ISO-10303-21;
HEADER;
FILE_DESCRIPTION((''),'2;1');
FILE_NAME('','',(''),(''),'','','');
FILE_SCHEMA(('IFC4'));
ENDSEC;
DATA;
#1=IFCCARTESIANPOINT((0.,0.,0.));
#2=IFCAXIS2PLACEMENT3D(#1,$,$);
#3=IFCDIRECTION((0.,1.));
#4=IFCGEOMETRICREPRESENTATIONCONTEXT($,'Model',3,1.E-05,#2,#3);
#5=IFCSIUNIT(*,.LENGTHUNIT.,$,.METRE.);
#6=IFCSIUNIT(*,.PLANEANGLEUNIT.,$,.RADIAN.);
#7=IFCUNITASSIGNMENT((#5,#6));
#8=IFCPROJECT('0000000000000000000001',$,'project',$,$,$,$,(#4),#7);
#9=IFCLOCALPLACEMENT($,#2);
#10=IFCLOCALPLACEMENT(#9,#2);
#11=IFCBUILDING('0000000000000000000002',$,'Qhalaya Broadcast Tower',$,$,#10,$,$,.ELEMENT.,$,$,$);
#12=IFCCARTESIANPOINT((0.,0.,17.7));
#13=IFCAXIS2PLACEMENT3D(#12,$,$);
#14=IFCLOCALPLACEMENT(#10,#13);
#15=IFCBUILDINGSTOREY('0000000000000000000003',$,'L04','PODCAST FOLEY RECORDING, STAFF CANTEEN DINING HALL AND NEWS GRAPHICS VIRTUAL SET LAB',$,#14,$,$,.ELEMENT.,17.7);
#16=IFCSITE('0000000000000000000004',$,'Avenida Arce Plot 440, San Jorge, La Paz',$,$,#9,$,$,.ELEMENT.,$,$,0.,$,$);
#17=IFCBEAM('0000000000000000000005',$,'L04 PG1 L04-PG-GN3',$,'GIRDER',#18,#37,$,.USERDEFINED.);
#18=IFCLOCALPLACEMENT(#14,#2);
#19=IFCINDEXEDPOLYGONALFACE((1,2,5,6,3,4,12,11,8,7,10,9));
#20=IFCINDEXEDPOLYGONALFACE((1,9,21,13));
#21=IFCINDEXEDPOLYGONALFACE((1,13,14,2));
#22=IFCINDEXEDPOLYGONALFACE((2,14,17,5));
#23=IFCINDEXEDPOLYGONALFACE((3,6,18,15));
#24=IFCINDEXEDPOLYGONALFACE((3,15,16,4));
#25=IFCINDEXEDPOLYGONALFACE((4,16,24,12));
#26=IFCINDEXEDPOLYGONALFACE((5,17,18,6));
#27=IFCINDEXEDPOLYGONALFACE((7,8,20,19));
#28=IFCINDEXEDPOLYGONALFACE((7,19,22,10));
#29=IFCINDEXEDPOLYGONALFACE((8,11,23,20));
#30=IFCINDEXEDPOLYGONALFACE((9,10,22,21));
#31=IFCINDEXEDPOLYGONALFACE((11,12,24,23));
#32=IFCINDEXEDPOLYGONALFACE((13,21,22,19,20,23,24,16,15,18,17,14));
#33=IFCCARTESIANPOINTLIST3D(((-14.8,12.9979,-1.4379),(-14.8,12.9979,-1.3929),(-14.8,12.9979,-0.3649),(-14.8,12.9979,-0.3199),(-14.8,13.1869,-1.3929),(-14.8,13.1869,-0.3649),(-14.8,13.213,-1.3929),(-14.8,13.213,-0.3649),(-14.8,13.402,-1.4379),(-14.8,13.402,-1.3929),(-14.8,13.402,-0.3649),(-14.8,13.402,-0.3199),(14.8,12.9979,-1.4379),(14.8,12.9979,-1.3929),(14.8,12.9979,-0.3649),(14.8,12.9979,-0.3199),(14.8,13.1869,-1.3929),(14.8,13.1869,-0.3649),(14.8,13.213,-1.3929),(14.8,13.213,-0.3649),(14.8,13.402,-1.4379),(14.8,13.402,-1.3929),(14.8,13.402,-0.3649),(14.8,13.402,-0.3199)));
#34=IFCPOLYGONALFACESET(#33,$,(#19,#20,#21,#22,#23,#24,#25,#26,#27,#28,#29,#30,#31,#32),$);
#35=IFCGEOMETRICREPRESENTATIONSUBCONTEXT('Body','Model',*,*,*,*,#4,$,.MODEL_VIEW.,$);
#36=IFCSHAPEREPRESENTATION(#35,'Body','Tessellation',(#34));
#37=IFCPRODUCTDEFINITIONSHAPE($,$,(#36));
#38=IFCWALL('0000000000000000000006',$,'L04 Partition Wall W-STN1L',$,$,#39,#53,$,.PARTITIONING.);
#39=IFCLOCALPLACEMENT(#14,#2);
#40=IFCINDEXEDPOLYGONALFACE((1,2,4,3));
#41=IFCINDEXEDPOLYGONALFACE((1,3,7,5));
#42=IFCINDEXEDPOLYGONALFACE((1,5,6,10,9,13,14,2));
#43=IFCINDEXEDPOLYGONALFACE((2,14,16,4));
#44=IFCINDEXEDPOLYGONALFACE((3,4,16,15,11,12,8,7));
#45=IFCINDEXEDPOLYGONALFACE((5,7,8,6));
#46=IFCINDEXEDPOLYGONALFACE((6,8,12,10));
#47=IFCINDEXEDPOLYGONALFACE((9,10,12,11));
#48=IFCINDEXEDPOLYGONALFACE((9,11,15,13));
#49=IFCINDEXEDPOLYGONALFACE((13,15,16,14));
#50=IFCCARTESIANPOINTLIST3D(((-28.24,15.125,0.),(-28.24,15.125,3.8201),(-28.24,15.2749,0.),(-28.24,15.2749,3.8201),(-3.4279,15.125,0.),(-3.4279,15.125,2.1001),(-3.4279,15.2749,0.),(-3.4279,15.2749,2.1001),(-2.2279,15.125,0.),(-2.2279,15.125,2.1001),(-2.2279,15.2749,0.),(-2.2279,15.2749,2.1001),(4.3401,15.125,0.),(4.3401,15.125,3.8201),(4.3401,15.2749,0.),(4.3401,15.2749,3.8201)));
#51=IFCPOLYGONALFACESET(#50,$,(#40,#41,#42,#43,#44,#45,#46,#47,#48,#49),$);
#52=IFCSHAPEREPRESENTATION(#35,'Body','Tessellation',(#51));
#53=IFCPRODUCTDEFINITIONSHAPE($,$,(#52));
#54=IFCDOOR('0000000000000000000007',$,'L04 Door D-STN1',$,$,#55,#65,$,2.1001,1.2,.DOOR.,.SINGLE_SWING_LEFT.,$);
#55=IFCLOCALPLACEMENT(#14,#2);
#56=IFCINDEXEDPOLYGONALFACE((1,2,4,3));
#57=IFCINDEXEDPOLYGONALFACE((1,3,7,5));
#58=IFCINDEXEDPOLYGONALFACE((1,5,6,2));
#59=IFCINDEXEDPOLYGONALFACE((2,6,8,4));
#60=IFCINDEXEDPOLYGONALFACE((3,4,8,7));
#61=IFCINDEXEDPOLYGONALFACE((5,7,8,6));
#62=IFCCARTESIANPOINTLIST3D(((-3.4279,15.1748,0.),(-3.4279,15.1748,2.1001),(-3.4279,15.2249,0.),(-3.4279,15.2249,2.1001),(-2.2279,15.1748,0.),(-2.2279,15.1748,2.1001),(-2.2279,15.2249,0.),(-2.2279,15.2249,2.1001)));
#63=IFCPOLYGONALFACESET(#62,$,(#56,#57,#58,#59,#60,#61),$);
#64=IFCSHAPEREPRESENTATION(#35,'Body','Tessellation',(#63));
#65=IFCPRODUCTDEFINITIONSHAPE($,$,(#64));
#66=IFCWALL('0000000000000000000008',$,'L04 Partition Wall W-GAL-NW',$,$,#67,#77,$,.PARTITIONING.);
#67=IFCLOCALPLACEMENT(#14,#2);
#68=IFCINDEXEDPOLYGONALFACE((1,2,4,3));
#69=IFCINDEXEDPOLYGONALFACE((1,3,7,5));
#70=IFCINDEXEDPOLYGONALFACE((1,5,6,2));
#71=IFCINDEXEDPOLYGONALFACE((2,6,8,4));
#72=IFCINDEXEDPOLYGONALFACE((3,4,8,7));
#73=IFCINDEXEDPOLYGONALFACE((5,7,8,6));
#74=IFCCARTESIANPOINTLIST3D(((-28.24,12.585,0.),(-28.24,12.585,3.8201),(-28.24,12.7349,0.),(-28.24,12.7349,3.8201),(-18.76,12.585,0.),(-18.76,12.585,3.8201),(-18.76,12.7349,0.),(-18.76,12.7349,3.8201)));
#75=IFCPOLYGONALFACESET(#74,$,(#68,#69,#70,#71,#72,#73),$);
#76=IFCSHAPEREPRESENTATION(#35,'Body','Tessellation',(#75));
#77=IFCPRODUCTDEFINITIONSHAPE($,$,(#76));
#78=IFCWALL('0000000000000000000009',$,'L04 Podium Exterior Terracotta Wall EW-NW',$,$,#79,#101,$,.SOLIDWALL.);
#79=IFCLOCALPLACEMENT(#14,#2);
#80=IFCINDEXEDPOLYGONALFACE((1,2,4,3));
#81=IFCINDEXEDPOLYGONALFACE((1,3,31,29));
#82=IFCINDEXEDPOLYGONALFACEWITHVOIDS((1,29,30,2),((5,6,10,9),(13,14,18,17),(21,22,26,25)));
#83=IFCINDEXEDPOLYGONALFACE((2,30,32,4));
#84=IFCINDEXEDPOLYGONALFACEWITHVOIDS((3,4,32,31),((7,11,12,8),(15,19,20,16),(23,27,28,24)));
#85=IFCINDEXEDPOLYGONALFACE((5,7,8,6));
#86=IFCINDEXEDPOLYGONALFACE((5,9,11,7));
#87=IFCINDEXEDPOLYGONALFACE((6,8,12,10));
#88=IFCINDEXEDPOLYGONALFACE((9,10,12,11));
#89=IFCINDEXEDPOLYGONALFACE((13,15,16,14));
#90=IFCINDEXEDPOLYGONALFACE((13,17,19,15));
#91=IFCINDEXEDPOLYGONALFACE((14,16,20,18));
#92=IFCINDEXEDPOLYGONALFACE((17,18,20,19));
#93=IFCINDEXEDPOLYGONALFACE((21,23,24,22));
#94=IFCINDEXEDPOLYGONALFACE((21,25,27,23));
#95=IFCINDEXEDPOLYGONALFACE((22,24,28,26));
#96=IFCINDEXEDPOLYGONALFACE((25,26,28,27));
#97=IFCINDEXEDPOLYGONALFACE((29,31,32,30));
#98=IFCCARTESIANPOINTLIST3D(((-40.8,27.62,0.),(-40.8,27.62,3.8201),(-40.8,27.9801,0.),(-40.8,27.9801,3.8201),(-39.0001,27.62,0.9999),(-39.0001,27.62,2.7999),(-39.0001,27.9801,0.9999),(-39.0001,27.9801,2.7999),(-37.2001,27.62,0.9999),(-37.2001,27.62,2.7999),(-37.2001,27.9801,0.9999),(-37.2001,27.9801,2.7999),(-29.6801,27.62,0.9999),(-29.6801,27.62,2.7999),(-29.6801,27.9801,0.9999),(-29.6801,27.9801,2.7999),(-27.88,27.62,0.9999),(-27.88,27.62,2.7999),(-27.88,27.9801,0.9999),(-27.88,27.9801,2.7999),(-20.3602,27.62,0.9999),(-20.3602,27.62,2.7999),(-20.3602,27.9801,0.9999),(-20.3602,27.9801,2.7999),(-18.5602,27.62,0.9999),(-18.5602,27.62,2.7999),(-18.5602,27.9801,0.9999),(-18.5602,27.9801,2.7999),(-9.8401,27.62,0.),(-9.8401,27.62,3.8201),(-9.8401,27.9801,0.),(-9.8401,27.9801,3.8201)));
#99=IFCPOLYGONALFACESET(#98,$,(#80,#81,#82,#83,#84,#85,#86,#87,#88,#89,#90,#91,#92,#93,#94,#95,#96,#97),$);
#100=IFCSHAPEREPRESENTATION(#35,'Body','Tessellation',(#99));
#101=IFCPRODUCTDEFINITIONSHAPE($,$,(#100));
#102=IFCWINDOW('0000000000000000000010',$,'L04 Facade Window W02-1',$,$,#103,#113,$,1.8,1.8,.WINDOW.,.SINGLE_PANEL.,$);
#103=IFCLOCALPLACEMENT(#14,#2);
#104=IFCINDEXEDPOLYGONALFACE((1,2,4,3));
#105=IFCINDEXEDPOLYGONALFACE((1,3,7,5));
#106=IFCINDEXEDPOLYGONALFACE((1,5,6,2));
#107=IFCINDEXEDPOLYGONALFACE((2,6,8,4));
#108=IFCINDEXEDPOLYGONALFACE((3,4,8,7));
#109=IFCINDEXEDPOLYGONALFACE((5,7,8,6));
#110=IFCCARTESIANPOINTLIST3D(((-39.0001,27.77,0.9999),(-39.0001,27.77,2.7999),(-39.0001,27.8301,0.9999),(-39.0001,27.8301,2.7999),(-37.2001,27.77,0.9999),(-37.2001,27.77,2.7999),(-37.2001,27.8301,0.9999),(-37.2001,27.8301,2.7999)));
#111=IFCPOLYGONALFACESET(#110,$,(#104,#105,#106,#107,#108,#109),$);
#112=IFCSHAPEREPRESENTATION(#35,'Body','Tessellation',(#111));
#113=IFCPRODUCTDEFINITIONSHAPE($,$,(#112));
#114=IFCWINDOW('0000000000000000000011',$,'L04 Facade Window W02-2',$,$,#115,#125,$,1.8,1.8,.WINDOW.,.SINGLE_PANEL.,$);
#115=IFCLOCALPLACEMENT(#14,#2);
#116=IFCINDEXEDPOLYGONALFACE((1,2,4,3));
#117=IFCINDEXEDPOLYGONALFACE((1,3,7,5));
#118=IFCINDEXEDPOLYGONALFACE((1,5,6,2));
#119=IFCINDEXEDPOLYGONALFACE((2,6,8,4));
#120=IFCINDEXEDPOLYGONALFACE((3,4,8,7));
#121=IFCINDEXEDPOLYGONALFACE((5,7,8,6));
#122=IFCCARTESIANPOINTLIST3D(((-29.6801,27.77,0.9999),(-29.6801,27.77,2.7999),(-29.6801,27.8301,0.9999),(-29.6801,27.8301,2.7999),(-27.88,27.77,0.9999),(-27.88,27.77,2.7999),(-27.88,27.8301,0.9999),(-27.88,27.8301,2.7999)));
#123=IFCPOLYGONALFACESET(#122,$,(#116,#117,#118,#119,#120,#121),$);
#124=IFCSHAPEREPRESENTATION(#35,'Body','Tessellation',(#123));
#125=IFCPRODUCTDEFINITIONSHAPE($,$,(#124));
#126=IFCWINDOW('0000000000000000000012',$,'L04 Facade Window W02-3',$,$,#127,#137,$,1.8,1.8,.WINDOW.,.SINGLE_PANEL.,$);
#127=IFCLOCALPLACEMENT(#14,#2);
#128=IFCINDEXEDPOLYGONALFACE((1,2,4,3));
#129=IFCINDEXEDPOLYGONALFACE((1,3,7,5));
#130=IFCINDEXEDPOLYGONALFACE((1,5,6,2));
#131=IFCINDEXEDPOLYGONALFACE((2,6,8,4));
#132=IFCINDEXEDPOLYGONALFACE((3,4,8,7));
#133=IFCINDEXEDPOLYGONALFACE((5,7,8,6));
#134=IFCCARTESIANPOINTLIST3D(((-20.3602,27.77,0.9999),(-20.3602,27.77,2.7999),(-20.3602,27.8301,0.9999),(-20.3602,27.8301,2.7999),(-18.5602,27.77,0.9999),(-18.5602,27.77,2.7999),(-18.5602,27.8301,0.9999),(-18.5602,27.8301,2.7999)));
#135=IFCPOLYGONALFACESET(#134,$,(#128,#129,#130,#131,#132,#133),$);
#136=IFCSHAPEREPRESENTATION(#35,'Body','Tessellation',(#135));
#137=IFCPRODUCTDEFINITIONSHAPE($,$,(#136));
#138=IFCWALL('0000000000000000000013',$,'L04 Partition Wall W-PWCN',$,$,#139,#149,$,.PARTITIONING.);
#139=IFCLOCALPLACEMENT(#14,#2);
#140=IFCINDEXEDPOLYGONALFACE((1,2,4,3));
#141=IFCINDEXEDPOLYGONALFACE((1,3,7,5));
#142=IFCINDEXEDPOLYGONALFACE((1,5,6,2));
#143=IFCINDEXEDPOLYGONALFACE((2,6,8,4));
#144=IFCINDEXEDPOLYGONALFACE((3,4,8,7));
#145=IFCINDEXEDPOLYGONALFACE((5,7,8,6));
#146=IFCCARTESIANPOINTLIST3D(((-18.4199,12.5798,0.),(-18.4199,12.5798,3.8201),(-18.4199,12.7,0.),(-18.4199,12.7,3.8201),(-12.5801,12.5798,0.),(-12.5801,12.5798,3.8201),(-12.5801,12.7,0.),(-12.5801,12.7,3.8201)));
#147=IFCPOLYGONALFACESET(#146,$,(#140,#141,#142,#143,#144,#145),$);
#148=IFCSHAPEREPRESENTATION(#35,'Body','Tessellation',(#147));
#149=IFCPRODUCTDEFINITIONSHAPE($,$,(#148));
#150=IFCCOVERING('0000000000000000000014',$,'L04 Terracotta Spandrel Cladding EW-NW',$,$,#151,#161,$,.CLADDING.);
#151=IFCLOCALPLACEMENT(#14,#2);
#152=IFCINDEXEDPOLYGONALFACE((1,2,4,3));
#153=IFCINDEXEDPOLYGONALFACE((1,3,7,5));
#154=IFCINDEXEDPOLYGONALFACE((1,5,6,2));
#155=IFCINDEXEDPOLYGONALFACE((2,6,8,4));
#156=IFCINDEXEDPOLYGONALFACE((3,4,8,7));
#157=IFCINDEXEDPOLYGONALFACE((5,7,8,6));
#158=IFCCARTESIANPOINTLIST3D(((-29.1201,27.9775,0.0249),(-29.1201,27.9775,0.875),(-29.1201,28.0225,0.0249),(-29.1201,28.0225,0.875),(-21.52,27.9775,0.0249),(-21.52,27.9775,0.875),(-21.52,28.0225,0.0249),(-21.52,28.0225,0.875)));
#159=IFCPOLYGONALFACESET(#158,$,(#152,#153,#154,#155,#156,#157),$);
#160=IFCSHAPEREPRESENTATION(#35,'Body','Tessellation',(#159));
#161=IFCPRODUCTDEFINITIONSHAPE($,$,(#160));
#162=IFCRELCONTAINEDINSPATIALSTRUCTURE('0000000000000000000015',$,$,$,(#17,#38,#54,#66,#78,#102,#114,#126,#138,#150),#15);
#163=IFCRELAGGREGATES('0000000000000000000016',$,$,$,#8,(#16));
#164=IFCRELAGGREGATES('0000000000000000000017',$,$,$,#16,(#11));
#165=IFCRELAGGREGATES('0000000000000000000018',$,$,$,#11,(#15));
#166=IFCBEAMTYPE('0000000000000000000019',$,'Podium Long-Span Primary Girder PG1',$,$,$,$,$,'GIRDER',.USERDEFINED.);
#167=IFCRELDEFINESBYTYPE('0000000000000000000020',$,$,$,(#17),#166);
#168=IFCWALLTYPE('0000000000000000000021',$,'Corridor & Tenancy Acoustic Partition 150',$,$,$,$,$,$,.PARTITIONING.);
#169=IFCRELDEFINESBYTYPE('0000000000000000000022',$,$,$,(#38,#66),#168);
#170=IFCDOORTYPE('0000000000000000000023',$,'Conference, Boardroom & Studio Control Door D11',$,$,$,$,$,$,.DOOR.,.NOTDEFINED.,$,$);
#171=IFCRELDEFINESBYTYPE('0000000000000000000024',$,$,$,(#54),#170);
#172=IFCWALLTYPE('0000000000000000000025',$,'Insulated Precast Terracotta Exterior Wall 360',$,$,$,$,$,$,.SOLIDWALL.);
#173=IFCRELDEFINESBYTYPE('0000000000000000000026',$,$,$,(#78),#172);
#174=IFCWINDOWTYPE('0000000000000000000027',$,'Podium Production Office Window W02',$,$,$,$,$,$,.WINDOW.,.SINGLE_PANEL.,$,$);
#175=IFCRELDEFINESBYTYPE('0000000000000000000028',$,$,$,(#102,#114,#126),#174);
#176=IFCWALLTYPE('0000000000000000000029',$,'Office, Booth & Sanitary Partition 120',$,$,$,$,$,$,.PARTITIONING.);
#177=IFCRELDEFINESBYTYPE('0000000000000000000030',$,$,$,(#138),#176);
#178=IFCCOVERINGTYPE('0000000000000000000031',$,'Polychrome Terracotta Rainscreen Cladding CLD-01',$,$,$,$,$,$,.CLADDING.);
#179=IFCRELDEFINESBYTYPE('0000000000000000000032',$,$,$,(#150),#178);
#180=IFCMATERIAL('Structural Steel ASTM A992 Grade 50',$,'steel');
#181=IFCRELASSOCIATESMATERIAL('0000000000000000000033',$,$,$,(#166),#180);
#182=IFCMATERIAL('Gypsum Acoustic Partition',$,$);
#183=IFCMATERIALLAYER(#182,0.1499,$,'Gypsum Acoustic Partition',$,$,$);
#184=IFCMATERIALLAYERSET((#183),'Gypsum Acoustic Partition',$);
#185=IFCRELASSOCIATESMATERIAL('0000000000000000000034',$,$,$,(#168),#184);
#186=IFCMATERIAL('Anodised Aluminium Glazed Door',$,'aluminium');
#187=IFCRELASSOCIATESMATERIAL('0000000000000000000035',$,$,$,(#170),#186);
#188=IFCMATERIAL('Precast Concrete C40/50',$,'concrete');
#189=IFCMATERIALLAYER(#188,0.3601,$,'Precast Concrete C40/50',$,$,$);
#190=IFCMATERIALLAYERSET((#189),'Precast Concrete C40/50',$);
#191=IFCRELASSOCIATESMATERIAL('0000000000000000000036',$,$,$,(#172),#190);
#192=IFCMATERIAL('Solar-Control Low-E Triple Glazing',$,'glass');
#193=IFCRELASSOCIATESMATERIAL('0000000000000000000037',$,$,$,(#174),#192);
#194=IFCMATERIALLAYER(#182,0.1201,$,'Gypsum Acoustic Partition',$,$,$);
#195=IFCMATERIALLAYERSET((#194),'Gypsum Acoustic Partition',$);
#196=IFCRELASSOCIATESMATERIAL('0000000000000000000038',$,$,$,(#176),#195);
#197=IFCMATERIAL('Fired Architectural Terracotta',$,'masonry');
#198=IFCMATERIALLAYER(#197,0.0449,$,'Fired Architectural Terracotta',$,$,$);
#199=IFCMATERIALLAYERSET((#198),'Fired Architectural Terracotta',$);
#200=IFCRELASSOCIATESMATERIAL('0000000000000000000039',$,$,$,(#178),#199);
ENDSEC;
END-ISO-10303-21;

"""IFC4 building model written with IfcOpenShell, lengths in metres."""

from ifc_helpers import new_model, si_unit, direction, frame, frame_2d, origin, origin_2d, place, context, subcontext, project, spatial, rectangle, i_section, extrude, material, layer, layer_set, material_profile, profile_set, type_object, element, fill, save


model = new_model("IFC4")

# Units and contexts
model_context = context("Model", 3, precision=1e-05, world=origin(), true_north=direction((0.0, 1.0)))
body_context = subcontext(model_context, "Body", "Model", "MODEL_VIEW")
ifc_project = project(units=[si_unit("LENGTHUNIT", "METRE"), si_unit("PLANEANGLEUNIT", "RADIAN")], contexts=[model_context])

# Site, building, storey
site_placement = place(None, origin())
site = spatial("IfcSite", under=ifc_project, at=site_placement, Name="Avenida Arce Plot 440, San Jorge, La Paz", CompositionType="ELEMENT", RefElevation=0.0)
building_placement = place(site_placement, origin())
building = spatial("IfcBuilding", under=site, at=building_placement, Name="Qhalaya Broadcast Tower", CompositionType="ELEMENT")
storey_placement = place(building_placement, frame((0.0, 0.0, 17.7)))
storey = spatial("IfcBuildingStorey", under=building, at=storey_placement, Name="L04", Description="PODCAST FOLEY RECORDING, STAFF CANTEEN DINING HALL AND NEWS GRAPHICS VIRTUAL SET LAB", CompositionType="ELEMENT", Elevation=17.7)

# Beam
ifc_material_1 = material(Name="Structural Steel ASTM A992 Grade 50", Category="steel")
ifc_material_profile_1 = material_profile(ifc_material_1, i_section(OverallWidth=0.4041, OverallDepth=1.1179, WebThickness=0.0261, FlangeThickness=0.0449, at=origin_2d()), Name="W44X335")
ifc_profile_set_1 = profile_set([ifc_material_profile_1], Name="Structural Steel ASTM A992 Grade 50")
beam_type_1 = type_object("IfcBeamType", Name="Podium Long-Span Primary Girder PG1", ElementType="GIRDER", PredefinedType="USERDEFINED", material=ifc_profile_set_1)
beam_1_placement = place(storey_placement, frame((-14.8, 13.2, -0.8789), z_axis=(1.0, 0.0, 0.0), x_axis=(0.0, 1.0, 0.0)))
element("IfcBeam", 1, at=beam_1_placement, inside=storey, type_object=beam_type_1, Name="L04 PG1 L04-PG-GN3", ObjectType="GIRDER", PredefinedType="USERDEFINED", context=body_context, shape_type="SweptSolid", body=[
    extrude(i_section(OverallWidth=0.4041, OverallDepth=1.1179, WebThickness=0.0261, FlangeThickness=0.0449, at=origin_2d()), origin(), (0.0, 0.0, 1.0), 29.6001),
])

# Wall, opening, door
ifc_material_2 = material(Name="Gypsum Acoustic Partition")
ifc_layer_1 = layer(ifc_material_2, 0.1499, Name="Gypsum Acoustic Partition")
ifc_layer_set_1 = layer_set([ifc_layer_1], Name="Gypsum Acoustic Partition")
wall_type_1 = type_object("IfcWallType", Name="Corridor & Tenancy Acoustic Partition 150", PredefinedType="PARTITIONING", material=ifc_layer_set_1)
wall_1_placement = place(storey_placement, frame((-28.24, 15.2, 0.0), z_axis=(0.0, 0.0, 1.0), x_axis=(1.0, 0.0, 0.0)))
wall_1 = element("IfcWall", 2, at=wall_1_placement, inside=storey, type_object=wall_type_1, Name="L04 Partition Wall W-STN1L", PredefinedType="PARTITIONING", context=body_context, shape_type="SweptSolid", body=[
    extrude(rectangle(XDim=32.5801, YDim=0.1499, at=frame_2d((16.29, 0.0))), origin(), (0.0, 0.0, 1.0), 3.8201),
])
opening_1_placement = place(wall_1_placement, frame((24.812, 0.0, 0.0)))
opening_1 = element("IfcOpeningElement", 3, at=opening_1_placement, cuts=wall_1, PredefinedType="OPENING", context=body_context, shape_type="SweptSolid", body=[
    extrude(rectangle(XDim=1.2, YDim=2.1001, at=frame_2d((0.6001, 1.05))), frame((0.0, 0.0869, 0.0), z_axis=(0.0, -1.0, 0.0), x_axis=(1.0, 0.0, 0.0)), (0.0, 0.0, 1.0), 0.1738),
])
ifc_material_3 = material(Name="Anodised Aluminium Glazed Door", Category="aluminium")
door_type = type_object("IfcDoorType", Name="Conference, Boardroom & Studio Control Door D11", OperationType="NOTDEFINED", PredefinedType="DOOR", material=ifc_material_3)
door_placement = place(opening_1_placement, origin())
door = element("IfcDoor", 4, at=door_placement, inside=storey, type_object=door_type, Name="L04 Door D-STN1", OperationType="SINGLE_SWING_LEFT", OverallHeight=2.1001, OverallWidth=1.2, PredefinedType="DOOR", context=body_context, shape_type="SweptSolid", body=[
    extrude(rectangle(XDim=1.2, YDim=2.1001, at=frame_2d((0.6001, 1.05))), frame((0.0, 0.0249, 0.0), z_axis=(0.0, -1.0, 0.0), x_axis=(1.0, 0.0, 0.0)), (0.0, 0.0, 1.0), 0.05),
])
fill(opening_1, door)

# Wall
wall_2_placement = place(storey_placement, frame((-28.24, 12.6599, 0.0), z_axis=(0.0, 0.0, 1.0), x_axis=(1.0, 0.0, 0.0)))
element("IfcWall", 5, at=wall_2_placement, inside=storey, type_object=wall_type_1, Name="L04 Partition Wall W-GAL-NW", PredefinedType="PARTITIONING", context=body_context, shape_type="SweptSolid", body=[
    extrude(rectangle(XDim=9.48, YDim=0.1499, at=frame_2d((4.74, 0.0))), origin(), (0.0, 0.0, 1.0), 3.8201),
])

# Wall, openings, windows
ifc_material_4 = material(Name="Precast Concrete C40/50", Category="concrete")
ifc_layer_2 = layer(ifc_material_4, 0.3601, Name="Precast Concrete C40/50")
ifc_layer_set_2 = layer_set([ifc_layer_2], Name="Precast Concrete C40/50")
wall_type_2 = type_object("IfcWallType", Name="Insulated Precast Terracotta Exterior Wall 360", PredefinedType="SOLIDWALL", material=ifc_layer_set_2)
wall_3_placement = place(storey_placement, frame((-40.8, 27.8, 0.0), z_axis=(0.0, 0.0, 1.0), x_axis=(1.0, 0.0, 0.0)))
wall_3 = element("IfcWall", 6, at=wall_3_placement, inside=storey, type_object=wall_type_2, Name="L04 Podium Exterior Terracotta Wall EW-NW", PredefinedType="SOLIDWALL", context=body_context, shape_type="SweptSolid", body=[
    extrude(rectangle(XDim=30.96, YDim=0.3601, at=frame_2d((15.48, 0.0))), origin(), (0.0, 0.0, 1.0), 3.8201),
])
opening_2_placement = place(wall_3_placement, frame((1.8, 0.0, 1.0)))
opening_2 = element("IfcOpeningElement", 7, at=opening_2_placement, cuts=wall_3, PredefinedType="OPENING", context=body_context, shape_type="SweptSolid", body=[
    extrude(rectangle(XDim=1.8, YDim=1.8, at=frame_2d((0.8999, 0.8999))), frame((0.0, 0.1921, 0.0), z_axis=(0.0, -1.0, 0.0), x_axis=(1.0, 0.0, 0.0)), (0.0, 0.0, 1.0), 0.384),
])
opening_3_placement = place(wall_3_placement, frame((11.1201, 0.0, 1.0)))
opening_3 = element("IfcOpeningElement", 8, at=opening_3_placement, cuts=wall_3, PredefinedType="OPENING", context=body_context, shape_type="SweptSolid", body=[
    extrude(rectangle(XDim=1.8, YDim=1.8, at=frame_2d((0.8999, 0.8999))), frame((0.0, 0.1921, 0.0), z_axis=(0.0, -1.0, 0.0), x_axis=(1.0, 0.0, 0.0)), (0.0, 0.0, 1.0), 0.384),
])
opening_4_placement = place(wall_3_placement, frame((20.4399, 0.0, 1.0)))
opening_4 = element("IfcOpeningElement", 9, at=opening_4_placement, cuts=wall_3, PredefinedType="OPENING", context=body_context, shape_type="SweptSolid", body=[
    extrude(rectangle(XDim=1.8, YDim=1.8, at=frame_2d((0.8999, 0.8999))), frame((0.0, 0.1921, 0.0), z_axis=(0.0, -1.0, 0.0), x_axis=(1.0, 0.0, 0.0)), (0.0, 0.0, 1.0), 0.384),
])
ifc_material_5 = material(Name="Solar-Control Low-E Triple Glazing", Category="glass")
window_type = type_object("IfcWindowType", Name="Podium Production Office Window W02", PartitioningType="SINGLE_PANEL", PredefinedType="WINDOW", material=ifc_material_5)
window_1_placement = place(opening_2_placement, origin())
window_1 = element("IfcWindow", 10, at=window_1_placement, inside=storey, type_object=window_type, Name="L04 Facade Window W02-1", OverallHeight=1.8, OverallWidth=1.8, PartitioningType="SINGLE_PANEL", PredefinedType="WINDOW", context=body_context, shape_type="SweptSolid", body=[
    extrude(rectangle(XDim=1.8, YDim=1.8, at=frame_2d((0.8999, 0.8999))), frame((0.0, 0.03, 0.0), z_axis=(0.0, -1.0, 0.0), x_axis=(1.0, 0.0, 0.0)), (0.0, 0.0, 1.0), 0.0601),
])
fill(opening_2, window_1)
window_2_placement = place(opening_3_placement, origin())
window_2 = element("IfcWindow", 11, at=window_2_placement, inside=storey, type_object=window_type, Name="L04 Facade Window W02-2", OverallHeight=1.8, OverallWidth=1.8, PartitioningType="SINGLE_PANEL", PredefinedType="WINDOW", context=body_context, shape_type="SweptSolid", body=[
    extrude(rectangle(XDim=1.8, YDim=1.8, at=frame_2d((0.8999, 0.8999))), frame((0.0, 0.03, 0.0), z_axis=(0.0, -1.0, 0.0), x_axis=(1.0, 0.0, 0.0)), (0.0, 0.0, 1.0), 0.0601),
])
fill(opening_3, window_2)
window_3_placement = place(opening_4_placement, origin())
window_3 = element("IfcWindow", 12, at=window_3_placement, inside=storey, type_object=window_type, Name="L04 Facade Window W02-3", OverallHeight=1.8, OverallWidth=1.8, PartitioningType="SINGLE_PANEL", PredefinedType="WINDOW", context=body_context, shape_type="SweptSolid", body=[
    extrude(rectangle(XDim=1.8, YDim=1.8, at=frame_2d((0.8999, 0.8999))), frame((0.0, 0.03, 0.0), z_axis=(0.0, -1.0, 0.0), x_axis=(1.0, 0.0, 0.0)), (0.0, 0.0, 1.0), 0.0601),
])
fill(opening_4, window_3)

# Wall
ifc_layer_3 = layer(ifc_material_2, 0.1201, Name="Gypsum Acoustic Partition")
ifc_layer_set_3 = layer_set([ifc_layer_3], Name="Gypsum Acoustic Partition")
wall_type_3 = type_object("IfcWallType", Name="Office, Booth & Sanitary Partition 120", PredefinedType="PARTITIONING", material=ifc_layer_set_3)
wall_4_placement = place(storey_placement, frame((-18.4199, 12.6399, 0.0), z_axis=(0.0, 0.0, 1.0), x_axis=(1.0, 0.0, 0.0)))
element("IfcWall", 13, at=wall_4_placement, inside=storey, type_object=wall_type_3, Name="L04 Partition Wall W-PWCN", PredefinedType="PARTITIONING", context=body_context, shape_type="SweptSolid", body=[
    extrude(rectangle(XDim=5.8398, YDim=0.1201, at=frame_2d((2.9199, 0.0))), origin(), (0.0, 0.0, 1.0), 3.8201),
])

# Covering
ifc_material_6 = material(Name="Fired Architectural Terracotta", Category="masonry")
ifc_layer_4 = layer(ifc_material_6, 0.0449, Name="Fired Architectural Terracotta")
ifc_layer_set_4 = layer_set([ifc_layer_4], Name="Fired Architectural Terracotta")
covering_type = type_object("IfcCoveringType", Name="Polychrome Terracotta Rainscreen Cladding CLD-01", PredefinedType="CLADDING", material=ifc_layer_set_4)
for number, where, z_axis, x_axis, name in (
    (14, (-25.3201, 28.0, 0.0249), (0.0, 0.0, 1.0), (1.0, 0.0, 0.0), "L04 Terracotta Spandrel Cladding EW-NW"),
):
    element("IfcCovering", number, at=place(storey_placement, frame(where, z_axis=z_axis, x_axis=x_axis)), inside=storey, type_object=covering_type, Name=name, PredefinedType="CLADDING", context=body_context, shape_type="SweptSolid", body=[
        extrude(rectangle(XDim=7.6001, YDim=0.0449, at=origin_2d()), origin(), (0.0, 0.0, 1.0), 0.8501),
    ])

save(model, "model.ifc")
